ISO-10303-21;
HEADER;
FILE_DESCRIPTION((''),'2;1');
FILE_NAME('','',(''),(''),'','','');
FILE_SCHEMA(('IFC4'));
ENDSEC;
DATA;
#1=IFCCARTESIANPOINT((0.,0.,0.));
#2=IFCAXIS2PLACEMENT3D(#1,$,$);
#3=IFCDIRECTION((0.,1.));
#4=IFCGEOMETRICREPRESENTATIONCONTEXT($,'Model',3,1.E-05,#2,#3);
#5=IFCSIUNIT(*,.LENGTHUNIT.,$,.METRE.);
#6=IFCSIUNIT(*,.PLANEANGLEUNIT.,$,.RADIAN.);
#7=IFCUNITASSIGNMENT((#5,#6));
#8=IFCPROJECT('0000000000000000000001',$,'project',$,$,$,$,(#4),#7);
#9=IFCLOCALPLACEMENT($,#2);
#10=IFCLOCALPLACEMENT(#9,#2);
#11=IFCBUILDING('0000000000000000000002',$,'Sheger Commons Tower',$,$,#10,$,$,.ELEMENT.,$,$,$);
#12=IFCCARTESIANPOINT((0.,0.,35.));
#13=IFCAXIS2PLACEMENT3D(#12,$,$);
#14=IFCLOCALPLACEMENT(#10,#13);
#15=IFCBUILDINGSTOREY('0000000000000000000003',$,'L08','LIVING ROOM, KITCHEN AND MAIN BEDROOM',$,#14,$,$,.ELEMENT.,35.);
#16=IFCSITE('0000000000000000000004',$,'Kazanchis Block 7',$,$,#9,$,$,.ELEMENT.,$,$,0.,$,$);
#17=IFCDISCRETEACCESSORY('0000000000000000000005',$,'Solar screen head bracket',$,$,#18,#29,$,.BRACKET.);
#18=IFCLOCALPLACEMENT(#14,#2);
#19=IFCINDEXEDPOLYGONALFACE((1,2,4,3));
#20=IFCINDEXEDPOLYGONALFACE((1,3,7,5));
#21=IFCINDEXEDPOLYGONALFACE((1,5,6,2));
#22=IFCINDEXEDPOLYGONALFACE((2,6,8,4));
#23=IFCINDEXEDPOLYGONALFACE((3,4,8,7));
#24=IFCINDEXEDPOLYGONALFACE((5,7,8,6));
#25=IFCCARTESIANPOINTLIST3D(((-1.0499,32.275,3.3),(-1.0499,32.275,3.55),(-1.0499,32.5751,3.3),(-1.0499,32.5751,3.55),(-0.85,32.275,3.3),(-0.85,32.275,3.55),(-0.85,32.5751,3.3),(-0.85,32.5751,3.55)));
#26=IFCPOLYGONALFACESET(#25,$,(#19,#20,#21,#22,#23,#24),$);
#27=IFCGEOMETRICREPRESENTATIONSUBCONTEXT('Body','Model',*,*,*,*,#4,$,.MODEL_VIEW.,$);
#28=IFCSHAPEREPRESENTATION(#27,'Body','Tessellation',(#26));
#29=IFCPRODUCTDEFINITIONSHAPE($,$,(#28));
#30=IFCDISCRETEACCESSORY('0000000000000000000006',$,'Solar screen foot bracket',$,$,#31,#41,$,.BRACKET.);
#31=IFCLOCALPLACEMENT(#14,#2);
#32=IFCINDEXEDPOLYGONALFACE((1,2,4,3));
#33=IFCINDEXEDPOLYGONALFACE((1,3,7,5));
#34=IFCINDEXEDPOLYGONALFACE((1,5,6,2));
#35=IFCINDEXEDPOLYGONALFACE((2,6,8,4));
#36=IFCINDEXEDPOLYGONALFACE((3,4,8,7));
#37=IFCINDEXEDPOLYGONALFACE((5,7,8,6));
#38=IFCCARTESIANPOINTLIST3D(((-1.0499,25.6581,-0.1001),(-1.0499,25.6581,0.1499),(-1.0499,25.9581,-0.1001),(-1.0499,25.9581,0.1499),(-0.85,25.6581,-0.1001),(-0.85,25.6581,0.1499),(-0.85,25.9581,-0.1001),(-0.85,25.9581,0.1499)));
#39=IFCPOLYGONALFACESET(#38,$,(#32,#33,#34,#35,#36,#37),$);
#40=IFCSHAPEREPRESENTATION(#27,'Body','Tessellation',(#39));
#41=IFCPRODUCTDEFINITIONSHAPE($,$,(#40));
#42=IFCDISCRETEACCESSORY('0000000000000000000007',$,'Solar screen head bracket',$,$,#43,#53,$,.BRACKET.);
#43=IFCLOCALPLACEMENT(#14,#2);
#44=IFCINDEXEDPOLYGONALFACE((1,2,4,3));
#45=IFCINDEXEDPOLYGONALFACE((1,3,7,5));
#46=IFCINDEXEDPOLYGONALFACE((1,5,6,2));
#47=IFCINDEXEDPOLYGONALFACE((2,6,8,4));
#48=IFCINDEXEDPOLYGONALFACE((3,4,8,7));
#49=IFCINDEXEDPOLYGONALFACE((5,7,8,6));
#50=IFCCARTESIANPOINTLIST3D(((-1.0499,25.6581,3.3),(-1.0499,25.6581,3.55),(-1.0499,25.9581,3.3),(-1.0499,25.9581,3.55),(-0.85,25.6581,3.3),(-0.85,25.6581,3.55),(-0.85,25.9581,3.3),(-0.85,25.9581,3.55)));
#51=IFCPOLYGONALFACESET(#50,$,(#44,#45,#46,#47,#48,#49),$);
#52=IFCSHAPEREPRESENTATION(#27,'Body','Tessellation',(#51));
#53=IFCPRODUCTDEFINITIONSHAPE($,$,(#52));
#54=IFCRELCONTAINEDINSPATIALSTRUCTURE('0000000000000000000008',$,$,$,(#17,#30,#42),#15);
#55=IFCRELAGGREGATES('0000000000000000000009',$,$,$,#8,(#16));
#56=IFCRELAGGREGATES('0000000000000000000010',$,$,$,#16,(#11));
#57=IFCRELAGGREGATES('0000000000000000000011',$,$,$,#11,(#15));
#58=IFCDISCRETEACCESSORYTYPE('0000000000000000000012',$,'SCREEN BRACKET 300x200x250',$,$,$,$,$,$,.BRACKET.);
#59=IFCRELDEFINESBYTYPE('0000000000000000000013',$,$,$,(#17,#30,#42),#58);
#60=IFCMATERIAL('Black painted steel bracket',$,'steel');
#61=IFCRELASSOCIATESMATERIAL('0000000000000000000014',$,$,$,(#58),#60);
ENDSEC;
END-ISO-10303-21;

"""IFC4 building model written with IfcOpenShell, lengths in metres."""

from ifc_helpers import new_model, si_unit, direction, frame, origin, origin_2d, place, context, subcontext, project, spatial, rectangle, extrude, material, type_object, element, save


model = new_model("IFC4")

# Units and contexts
model_context = context("Model", 3, precision=1e-05, world=origin(), true_north=direction((0.0, 1.0)))
body_context = subcontext(model_context, "Body", "Model", "MODEL_VIEW")
ifc_project = project(units=[si_unit("LENGTHUNIT", "METRE"), si_unit("PLANEANGLEUNIT", "RADIAN")], contexts=[model_context])

# Site, building, storey
site_placement = place(None, origin())
site = spatial("IfcSite", under=ifc_project, at=site_placement, Name="Kazanchis Block 7", CompositionType="ELEMENT", RefElevation=0.0)
building_placement = place(site_placement, origin())
building = spatial("IfcBuilding", under=site, at=building_placement, Name="Sheger Commons Tower", CompositionType="ELEMENT")
storey_placement = place(building_placement, frame((0.0, 0.0, 35.0)))
storey = spatial("IfcBuildingStorey", under=building, at=storey_placement, Name="L08", Description="LIVING ROOM, KITCHEN AND MAIN BEDROOM", CompositionType="ELEMENT", Elevation=35.0)

# Discrete accessories
ifc_material_1 = material(Name="Black painted steel bracket", Category="steel")
discrete_accessory_type = type_object("IfcDiscreteAccessoryType", Name="SCREEN BRACKET 300x200x250", PredefinedType="BRACKET", material=ifc_material_1)
for number, where, z_axis, x_axis, name in (
    (1, (-0.95, 32.425, 3.3), (0.0, 0.0, 1.0), (0.0, -1.0, 0.0), "Solar screen head bracket"),
    (2, (-0.95, 25.8081, -0.1001), (0.0, 0.0, 1.0), (0.0, -1.0, 0.0), "Solar screen foot bracket"),
    (3, (-0.95, 25.8081, 3.3), (0.0, 0.0, 1.0), (0.0, -1.0, 0.0), "Solar screen head bracket"),
):
    element("IfcDiscreteAccessory", number, at=place(storey_placement, frame(where, z_axis=z_axis, x_axis=x_axis)), inside=storey, type_object=discrete_accessory_type, Name=name, PredefinedType="BRACKET", context=body_context, shape_type="SweptSolid", body=[
        extrude(rectangle(XDim=0.3, YDim=0.2, at=origin_2d()), origin(), (0.0, 0.0, 1.0), 0.25),
    ])

save(model, "model.ifc")
